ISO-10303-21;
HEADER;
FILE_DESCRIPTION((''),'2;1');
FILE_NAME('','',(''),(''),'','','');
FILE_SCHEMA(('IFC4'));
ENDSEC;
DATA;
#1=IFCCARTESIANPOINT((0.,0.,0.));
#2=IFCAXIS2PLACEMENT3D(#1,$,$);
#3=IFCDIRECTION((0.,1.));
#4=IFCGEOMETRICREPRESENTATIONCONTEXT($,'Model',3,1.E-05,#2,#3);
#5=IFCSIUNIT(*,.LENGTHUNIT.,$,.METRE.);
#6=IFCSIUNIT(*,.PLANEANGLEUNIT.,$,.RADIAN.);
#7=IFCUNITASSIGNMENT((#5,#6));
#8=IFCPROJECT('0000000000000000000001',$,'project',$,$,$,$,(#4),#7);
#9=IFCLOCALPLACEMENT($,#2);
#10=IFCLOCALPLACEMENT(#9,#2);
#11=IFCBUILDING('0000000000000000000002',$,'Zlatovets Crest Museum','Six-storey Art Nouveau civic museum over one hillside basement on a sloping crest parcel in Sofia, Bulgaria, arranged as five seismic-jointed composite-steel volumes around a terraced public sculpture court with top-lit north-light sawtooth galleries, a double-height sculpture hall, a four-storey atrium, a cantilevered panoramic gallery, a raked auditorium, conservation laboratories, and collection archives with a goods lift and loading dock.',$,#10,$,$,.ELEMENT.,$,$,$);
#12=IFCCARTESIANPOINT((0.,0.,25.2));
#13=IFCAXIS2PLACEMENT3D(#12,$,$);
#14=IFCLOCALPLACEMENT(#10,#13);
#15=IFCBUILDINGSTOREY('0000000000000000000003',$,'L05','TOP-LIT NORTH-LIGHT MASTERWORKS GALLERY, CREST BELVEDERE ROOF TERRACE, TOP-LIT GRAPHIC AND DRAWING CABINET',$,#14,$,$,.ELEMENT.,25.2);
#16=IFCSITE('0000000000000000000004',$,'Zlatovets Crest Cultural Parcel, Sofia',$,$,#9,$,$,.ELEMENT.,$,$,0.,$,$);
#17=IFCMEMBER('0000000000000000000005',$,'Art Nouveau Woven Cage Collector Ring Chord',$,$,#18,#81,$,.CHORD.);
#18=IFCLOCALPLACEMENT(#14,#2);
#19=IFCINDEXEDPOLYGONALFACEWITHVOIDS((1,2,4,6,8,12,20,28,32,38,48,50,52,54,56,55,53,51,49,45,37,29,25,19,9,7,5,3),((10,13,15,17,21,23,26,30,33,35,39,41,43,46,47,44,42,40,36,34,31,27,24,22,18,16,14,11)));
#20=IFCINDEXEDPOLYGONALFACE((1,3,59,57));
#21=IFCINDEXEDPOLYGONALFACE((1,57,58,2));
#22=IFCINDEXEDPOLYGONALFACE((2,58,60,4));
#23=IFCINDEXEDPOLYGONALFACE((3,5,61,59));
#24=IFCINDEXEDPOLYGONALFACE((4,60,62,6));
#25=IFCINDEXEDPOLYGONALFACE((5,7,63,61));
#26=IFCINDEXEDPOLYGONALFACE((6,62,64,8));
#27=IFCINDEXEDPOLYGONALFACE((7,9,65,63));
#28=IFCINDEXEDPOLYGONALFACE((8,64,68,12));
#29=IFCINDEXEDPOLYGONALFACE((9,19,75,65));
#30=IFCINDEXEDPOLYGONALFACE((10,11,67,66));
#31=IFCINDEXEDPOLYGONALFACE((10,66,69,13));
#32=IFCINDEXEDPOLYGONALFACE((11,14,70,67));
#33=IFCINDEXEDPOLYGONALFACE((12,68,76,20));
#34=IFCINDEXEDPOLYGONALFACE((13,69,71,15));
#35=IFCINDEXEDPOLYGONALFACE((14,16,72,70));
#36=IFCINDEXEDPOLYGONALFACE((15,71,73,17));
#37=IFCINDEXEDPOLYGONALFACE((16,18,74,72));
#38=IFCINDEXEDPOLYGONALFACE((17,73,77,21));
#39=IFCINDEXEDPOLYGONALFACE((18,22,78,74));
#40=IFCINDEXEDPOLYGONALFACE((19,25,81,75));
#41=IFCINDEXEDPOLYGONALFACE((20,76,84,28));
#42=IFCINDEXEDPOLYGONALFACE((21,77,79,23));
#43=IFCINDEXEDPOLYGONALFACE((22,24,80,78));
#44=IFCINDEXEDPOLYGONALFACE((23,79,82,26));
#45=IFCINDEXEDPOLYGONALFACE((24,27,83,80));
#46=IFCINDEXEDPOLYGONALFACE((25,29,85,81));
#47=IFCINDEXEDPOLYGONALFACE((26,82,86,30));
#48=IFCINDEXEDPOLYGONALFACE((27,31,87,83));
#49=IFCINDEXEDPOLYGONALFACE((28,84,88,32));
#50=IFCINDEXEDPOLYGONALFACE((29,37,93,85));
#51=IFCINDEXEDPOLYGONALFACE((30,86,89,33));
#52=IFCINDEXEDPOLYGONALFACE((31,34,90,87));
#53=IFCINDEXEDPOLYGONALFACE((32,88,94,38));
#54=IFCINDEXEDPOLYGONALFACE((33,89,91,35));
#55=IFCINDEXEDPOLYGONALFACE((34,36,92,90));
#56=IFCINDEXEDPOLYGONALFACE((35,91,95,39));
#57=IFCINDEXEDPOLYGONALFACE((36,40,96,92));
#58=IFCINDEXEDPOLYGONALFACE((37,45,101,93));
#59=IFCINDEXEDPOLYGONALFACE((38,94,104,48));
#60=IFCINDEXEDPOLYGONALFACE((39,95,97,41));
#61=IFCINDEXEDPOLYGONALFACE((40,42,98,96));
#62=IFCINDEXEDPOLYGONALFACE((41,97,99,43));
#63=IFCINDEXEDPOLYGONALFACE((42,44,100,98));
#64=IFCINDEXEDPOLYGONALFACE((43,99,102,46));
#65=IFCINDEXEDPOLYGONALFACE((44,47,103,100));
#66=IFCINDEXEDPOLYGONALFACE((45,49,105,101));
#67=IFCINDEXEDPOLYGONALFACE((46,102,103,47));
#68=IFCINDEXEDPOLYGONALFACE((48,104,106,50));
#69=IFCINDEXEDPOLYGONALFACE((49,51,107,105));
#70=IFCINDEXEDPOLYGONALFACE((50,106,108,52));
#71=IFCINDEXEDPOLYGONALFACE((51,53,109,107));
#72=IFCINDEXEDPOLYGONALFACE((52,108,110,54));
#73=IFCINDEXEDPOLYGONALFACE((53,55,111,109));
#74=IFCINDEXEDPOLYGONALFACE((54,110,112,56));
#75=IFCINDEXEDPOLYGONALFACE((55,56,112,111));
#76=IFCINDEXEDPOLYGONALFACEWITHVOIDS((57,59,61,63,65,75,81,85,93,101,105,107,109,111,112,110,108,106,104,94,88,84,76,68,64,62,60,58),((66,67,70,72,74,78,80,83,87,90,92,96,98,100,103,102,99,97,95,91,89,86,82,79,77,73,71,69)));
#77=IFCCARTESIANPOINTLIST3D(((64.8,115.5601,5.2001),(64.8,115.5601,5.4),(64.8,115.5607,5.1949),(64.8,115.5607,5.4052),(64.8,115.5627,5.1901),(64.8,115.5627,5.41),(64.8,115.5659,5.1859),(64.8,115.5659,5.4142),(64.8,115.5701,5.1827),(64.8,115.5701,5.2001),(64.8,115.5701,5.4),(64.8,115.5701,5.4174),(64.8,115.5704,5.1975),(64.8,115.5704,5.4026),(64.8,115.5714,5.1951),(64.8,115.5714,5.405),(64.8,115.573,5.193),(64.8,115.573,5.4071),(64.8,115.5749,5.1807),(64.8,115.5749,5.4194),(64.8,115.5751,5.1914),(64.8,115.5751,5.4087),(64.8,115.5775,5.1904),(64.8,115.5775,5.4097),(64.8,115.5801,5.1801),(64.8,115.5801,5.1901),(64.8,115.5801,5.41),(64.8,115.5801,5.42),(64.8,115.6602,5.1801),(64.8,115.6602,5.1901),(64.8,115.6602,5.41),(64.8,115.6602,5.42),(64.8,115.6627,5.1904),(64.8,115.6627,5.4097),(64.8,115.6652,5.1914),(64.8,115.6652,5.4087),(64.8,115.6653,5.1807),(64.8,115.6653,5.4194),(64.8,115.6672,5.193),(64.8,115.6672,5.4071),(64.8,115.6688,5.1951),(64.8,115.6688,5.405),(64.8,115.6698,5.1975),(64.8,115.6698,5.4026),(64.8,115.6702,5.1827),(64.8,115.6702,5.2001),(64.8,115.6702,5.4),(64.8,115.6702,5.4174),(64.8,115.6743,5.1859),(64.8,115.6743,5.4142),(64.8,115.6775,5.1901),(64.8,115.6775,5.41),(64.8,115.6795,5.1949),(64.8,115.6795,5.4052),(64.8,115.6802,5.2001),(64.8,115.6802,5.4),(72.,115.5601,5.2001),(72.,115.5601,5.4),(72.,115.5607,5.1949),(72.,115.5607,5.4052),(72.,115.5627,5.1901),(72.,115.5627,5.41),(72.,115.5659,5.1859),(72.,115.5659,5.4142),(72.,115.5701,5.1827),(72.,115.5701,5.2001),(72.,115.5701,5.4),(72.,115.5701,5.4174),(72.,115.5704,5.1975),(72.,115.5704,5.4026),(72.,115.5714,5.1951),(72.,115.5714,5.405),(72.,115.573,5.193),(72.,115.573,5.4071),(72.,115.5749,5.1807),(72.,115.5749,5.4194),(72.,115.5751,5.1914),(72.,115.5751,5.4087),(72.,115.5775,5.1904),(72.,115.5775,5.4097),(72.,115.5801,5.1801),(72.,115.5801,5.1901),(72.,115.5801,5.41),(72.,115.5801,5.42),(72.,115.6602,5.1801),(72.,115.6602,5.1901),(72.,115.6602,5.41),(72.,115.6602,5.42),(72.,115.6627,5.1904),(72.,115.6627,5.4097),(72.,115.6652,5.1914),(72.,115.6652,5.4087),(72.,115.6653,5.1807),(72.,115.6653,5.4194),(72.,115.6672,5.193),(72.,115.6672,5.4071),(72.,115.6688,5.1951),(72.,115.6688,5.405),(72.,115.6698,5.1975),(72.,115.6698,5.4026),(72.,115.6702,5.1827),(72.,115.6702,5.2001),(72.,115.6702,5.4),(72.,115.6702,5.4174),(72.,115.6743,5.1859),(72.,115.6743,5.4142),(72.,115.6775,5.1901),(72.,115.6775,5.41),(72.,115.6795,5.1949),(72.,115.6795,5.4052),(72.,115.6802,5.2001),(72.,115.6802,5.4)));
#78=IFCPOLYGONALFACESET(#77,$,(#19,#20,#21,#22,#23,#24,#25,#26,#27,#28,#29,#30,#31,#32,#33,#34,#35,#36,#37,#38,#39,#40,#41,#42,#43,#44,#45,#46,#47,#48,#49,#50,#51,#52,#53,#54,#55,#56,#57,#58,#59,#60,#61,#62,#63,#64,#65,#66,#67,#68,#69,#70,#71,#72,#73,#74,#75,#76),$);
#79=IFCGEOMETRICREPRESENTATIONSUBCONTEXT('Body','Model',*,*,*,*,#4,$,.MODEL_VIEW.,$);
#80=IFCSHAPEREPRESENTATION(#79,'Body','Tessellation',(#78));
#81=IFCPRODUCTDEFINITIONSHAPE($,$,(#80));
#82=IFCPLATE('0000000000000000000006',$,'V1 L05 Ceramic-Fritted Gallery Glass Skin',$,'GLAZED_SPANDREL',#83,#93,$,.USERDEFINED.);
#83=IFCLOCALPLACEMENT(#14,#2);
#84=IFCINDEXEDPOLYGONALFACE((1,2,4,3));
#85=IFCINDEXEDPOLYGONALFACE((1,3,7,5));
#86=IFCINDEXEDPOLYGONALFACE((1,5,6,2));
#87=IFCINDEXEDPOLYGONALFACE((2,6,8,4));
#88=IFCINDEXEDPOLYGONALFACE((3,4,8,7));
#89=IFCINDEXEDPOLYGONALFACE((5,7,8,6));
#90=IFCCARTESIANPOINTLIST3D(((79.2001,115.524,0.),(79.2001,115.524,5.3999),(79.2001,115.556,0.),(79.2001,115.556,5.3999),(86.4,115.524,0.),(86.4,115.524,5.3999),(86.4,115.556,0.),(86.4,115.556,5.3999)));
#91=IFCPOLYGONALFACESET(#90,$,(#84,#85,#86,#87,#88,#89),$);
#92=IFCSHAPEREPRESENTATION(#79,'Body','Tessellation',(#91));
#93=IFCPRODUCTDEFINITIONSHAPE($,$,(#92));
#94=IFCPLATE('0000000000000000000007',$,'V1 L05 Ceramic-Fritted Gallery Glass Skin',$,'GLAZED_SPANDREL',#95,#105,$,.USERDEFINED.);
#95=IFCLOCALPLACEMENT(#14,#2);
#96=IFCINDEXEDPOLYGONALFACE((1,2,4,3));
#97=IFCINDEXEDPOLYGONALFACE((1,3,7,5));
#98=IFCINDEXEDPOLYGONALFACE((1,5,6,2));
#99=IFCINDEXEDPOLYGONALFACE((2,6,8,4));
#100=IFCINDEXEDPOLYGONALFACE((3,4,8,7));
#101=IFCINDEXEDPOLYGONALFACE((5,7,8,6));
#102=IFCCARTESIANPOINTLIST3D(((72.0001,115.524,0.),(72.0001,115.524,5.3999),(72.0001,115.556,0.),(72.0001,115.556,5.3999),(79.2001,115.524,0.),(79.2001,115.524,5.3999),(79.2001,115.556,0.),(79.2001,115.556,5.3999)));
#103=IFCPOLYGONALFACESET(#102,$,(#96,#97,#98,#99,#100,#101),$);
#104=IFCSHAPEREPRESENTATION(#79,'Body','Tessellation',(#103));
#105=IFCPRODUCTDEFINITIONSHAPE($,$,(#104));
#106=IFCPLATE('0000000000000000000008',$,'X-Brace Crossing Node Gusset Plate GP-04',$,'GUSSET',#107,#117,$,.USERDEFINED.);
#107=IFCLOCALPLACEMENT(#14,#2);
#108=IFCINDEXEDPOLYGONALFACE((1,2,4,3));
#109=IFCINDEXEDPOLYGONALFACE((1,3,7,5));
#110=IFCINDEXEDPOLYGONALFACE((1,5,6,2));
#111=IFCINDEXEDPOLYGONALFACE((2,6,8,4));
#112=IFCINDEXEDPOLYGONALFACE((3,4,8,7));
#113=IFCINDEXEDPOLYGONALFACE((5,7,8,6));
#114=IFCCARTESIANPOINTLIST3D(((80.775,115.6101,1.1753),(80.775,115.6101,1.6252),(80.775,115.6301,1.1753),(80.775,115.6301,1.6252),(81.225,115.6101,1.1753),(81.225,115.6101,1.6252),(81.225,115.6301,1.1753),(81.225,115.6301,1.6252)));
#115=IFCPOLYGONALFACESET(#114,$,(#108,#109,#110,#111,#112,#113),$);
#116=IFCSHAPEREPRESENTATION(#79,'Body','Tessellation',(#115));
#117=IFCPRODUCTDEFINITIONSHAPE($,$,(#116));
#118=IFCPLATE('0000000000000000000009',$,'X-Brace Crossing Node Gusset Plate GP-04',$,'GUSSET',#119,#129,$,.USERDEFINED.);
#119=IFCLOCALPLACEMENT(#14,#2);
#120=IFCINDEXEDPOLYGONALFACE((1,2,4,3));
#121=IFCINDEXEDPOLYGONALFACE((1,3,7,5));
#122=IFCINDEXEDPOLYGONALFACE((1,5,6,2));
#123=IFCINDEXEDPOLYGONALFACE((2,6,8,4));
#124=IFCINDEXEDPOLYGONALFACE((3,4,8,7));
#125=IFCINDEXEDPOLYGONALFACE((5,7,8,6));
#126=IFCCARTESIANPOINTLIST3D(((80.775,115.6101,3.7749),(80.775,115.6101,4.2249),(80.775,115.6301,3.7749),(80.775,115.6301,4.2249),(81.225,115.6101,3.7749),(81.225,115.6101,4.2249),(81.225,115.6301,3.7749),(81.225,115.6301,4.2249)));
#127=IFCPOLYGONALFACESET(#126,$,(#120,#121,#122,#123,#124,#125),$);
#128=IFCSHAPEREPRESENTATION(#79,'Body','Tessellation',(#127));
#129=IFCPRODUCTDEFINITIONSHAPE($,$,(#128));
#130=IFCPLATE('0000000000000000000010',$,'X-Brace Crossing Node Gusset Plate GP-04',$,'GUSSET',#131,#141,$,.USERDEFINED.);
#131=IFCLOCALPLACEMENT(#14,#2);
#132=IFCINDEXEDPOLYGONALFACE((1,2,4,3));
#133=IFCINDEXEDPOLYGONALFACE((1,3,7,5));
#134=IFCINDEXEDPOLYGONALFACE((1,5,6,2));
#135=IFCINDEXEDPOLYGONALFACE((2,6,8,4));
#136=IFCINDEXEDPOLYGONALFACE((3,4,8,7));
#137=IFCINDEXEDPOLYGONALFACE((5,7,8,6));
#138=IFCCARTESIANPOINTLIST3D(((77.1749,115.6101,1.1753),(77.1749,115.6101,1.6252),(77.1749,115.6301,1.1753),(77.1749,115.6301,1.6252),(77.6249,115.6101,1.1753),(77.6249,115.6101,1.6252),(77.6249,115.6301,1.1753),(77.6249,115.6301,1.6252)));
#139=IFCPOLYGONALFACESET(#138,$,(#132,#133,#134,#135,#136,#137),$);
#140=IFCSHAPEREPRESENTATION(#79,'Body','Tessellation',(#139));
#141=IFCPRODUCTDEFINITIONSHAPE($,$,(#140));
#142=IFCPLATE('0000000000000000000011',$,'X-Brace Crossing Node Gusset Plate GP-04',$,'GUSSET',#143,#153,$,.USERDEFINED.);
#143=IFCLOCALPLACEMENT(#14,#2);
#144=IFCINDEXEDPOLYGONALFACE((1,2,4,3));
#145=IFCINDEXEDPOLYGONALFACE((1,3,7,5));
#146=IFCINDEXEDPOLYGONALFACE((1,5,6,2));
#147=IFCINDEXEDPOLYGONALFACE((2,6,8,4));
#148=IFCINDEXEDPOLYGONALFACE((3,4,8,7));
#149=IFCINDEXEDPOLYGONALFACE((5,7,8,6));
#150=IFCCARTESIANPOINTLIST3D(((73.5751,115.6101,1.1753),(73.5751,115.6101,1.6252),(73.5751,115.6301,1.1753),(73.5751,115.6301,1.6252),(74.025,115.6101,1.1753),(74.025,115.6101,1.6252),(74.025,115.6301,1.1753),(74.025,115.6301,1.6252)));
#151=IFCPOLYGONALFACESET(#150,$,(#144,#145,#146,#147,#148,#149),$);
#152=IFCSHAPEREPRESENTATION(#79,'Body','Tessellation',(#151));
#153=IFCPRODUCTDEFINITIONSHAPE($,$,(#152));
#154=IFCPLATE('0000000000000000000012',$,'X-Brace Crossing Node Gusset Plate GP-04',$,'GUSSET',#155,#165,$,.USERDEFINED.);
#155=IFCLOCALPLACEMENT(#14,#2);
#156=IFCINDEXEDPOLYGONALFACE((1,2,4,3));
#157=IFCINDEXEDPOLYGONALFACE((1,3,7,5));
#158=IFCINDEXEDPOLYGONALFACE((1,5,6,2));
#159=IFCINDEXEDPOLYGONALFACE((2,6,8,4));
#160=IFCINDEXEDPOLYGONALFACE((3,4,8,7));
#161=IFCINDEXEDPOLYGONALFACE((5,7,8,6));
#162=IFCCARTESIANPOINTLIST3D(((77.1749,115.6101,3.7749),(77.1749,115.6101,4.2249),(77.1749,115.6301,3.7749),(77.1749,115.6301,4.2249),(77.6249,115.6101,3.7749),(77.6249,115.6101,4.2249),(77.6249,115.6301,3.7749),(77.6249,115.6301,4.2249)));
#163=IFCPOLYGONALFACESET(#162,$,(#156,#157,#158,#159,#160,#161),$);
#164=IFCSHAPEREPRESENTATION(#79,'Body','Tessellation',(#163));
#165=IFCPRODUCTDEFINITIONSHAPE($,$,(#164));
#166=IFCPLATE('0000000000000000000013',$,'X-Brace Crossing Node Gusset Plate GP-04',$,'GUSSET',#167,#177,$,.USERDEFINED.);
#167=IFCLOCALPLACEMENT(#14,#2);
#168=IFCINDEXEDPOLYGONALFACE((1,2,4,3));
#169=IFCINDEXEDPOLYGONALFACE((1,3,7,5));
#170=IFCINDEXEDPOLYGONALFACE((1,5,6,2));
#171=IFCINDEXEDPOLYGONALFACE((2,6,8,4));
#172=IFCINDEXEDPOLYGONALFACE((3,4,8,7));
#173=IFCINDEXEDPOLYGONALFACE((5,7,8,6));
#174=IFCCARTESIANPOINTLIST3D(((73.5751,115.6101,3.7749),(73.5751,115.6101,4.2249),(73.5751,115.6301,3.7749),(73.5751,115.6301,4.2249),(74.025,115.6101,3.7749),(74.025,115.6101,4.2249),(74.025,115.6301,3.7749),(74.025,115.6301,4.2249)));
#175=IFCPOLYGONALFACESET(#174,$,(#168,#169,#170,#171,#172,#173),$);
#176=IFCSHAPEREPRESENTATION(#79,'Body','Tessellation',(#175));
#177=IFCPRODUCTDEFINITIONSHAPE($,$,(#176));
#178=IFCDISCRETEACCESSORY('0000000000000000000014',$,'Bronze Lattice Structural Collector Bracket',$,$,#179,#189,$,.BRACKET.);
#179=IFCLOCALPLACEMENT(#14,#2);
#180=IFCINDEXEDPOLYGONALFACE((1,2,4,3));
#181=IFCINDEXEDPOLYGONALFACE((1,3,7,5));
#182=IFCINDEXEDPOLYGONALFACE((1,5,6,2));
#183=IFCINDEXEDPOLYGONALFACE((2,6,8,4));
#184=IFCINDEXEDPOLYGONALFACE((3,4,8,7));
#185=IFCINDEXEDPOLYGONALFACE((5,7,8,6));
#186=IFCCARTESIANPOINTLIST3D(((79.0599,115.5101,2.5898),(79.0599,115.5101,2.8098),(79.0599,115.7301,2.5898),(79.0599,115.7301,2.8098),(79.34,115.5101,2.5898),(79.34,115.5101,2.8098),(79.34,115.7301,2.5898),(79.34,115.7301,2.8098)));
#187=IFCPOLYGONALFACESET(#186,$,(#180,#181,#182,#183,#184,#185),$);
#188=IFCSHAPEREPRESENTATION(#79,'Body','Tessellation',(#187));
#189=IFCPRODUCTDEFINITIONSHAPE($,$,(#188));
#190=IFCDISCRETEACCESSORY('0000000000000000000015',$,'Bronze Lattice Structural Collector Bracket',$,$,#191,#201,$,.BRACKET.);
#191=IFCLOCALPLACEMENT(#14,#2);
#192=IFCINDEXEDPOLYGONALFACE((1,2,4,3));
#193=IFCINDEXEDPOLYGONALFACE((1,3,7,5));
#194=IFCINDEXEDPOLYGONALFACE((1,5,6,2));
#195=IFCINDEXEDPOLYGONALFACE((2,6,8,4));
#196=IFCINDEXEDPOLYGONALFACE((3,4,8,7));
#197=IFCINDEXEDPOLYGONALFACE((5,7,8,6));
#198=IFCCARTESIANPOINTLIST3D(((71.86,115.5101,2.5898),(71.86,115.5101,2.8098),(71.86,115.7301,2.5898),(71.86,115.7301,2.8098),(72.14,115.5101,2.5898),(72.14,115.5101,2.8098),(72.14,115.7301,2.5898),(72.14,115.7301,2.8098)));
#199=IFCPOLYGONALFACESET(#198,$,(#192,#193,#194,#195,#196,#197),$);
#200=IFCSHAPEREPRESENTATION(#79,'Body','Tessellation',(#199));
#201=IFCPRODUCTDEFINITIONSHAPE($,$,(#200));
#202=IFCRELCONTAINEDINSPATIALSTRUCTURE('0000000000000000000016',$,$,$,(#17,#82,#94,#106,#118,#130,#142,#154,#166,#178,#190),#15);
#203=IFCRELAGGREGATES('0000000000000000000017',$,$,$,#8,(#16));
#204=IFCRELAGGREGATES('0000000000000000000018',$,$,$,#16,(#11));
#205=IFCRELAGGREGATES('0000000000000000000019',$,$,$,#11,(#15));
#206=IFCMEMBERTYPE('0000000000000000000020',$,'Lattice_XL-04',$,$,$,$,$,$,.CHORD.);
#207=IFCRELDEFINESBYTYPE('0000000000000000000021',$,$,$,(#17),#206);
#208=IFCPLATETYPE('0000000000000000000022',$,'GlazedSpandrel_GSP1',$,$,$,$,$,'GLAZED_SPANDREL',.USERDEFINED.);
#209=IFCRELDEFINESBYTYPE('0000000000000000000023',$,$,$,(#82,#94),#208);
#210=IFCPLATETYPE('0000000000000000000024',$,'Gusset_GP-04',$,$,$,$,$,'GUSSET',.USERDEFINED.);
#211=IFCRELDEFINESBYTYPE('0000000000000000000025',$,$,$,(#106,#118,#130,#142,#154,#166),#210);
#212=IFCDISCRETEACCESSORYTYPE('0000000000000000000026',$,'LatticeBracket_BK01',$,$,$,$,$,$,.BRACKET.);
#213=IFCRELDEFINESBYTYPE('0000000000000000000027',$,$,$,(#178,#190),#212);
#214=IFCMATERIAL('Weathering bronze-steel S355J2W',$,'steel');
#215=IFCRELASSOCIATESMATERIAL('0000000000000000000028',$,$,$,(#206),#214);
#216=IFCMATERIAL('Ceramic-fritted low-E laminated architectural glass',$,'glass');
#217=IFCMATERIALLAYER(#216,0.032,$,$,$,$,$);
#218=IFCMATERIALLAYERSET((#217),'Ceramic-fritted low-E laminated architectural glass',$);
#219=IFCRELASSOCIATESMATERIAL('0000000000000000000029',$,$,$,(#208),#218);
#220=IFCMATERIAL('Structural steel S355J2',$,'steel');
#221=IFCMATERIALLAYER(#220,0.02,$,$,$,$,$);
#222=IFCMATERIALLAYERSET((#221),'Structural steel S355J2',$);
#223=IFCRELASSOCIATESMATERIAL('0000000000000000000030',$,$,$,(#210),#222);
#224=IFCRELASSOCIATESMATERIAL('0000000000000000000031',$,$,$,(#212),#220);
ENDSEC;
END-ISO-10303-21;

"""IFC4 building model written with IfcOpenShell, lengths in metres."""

from ifc_helpers import new_model, si_unit, direction, frame, origin, origin_2d, place, context, subcontext, project, spatial, rectangle, hollow_rectangle, extrude, material, layer, layer_set, material_profile, profile_set, type_object, element, save


model = new_model("IFC4")

# Units and contexts
model_context = context("Model", 3, precision=1e-05, world=origin(), true_north=direction((0.0, 1.0)))
body_context = subcontext(model_context, "Body", "Model", "MODEL_VIEW")
ifc_project = project(units=[si_unit("LENGTHUNIT", "METRE"), si_unit("PLANEANGLEUNIT", "RADIAN")], contexts=[model_context])

# Site, building, storey
site_placement = place(None, origin())
site = spatial("IfcSite", under=ifc_project, at=site_placement, Name="Zlatovets Crest Cultural Parcel, Sofia", CompositionType="ELEMENT", RefElevation=0.0)
building_placement = place(site_placement, origin())
building = spatial("IfcBuilding", under=site, at=building_placement, Name="Zlatovets Crest Museum", Description="Six-storey Art Nouveau civic museum over one hillside basement on a sloping crest parcel in Sofia, Bulgaria, arranged as five seismic-jointed composite-steel volumes around a terraced public sculpture court with top-lit north-light sawtooth galleries, a double-height sculpture hall, a four-storey atrium, a cantilevered panoramic gallery, a raked auditorium, conservation laboratories, and collection archives with a goods lift and loading dock.", CompositionType="ELEMENT")
storey_placement = place(building_placement, frame((0.0, 0.0, 25.2)))
storey = spatial("IfcBuildingStorey", under=building, at=storey_placement, Name="L05", Description="TOP-LIT NORTH-LIGHT MASTERWORKS GALLERY, CREST BELVEDERE ROOF TERRACE, TOP-LIT GRAPHIC AND DRAWING CABINET", CompositionType="ELEMENT", Elevation=25.2)

# Member
ifc_material_1 = material(Name="Weathering bronze-steel S355J2W", Category="steel")
ifc_material_profile_1 = material_profile(ifc_material_1, hollow_rectangle(XDim=0.1201, YDim=0.24, WallThickness=0.01, InnerFilletRadius=0.01, OuterFilletRadius=0.02, at=origin_2d()), Name="RHS 120x240x10.0")
ifc_profile_set_1 = profile_set([ifc_material_profile_1], Name="Weathering bronze-steel S355J2W")
member_type_1 = type_object("IfcMemberType", Name="Lattice_XL-04", PredefinedType="CHORD", material=ifc_profile_set_1)
for number, where, z_axis, x_axis, name in (
    (1, (72.0, 115.6201, 5.3), (-1.0, 0.0, 0.0), (0.0, -1.0, 0.0), "Art Nouveau Woven Cage Collector Ring Chord"),
):
    element("IfcMember", number, at=place(storey_placement, frame(where, z_axis=z_axis, x_axis=x_axis)), inside=storey, type_object=member_type_1, Name=name, PredefinedType="CHORD", context=body_context, shape_type="SweptSolid", body=[
        extrude(hollow_rectangle(XDim=0.1201, YDim=0.24, WallThickness=0.01, InnerFilletRadius=0.01, OuterFilletRadius=0.02, at=origin_2d()), origin(), (0.0, 0.0, 1.0), 7.2),
    ])

# Plates
ifc_material_2 = material(Name="Ceramic-fritted low-E laminated architectural glass", Category="glass")
ifc_layer_1 = layer(ifc_material_2, 0.032)
ifc_layer_set_1 = layer_set([ifc_layer_1], Name="Ceramic-fritted low-E laminated architectural glass")
plate_type_1 = type_object("IfcPlateType", Name="GlazedSpandrel_GSP1", ElementType="GLAZED_SPANDREL", PredefinedType="USERDEFINED", material=ifc_layer_set_1)
for number, where, z_axis, x_axis, name in (
    (2, (82.8, 115.54, 0.0), (0.0, 0.0, 1.0), (1.0, 0.0, 0.0), "V1 L05 Ceramic-Fritted Gallery Glass Skin"),
    (3, (75.6001, 115.54, 0.0), (0.0, 0.0, 1.0), (1.0, 0.0, 0.0), "V1 L05 Ceramic-Fritted Gallery Glass Skin"),
):
    element("IfcPlate", number, at=place(storey_placement, frame(where, z_axis=z_axis, x_axis=x_axis)), inside=storey, type_object=plate_type_1, Name=name, ObjectType="GLAZED_SPANDREL", PredefinedType="USERDEFINED", context=body_context, shape_type="SweptSolid", body=[
        extrude(rectangle(XDim=7.2, YDim=0.032, at=origin_2d()), origin(), (0.0, 0.0, 1.0), 5.3999),
    ])
ifc_material_3 = material(Name="Structural steel S355J2", Category="steel")
ifc_layer_2 = layer(ifc_material_3, 0.02)
ifc_layer_set_2 = layer_set([ifc_layer_2], Name="Structural steel S355J2")
plate_type_2 = type_object("IfcPlateType", Name="Gusset_GP-04", ElementType="GUSSET", PredefinedType="USERDEFINED", material=ifc_layer_set_2)
for number, where, z_axis, x_axis, name in (
    (4, (81.0, 115.6201, 1.1753), (0.0, 0.0, 1.0), (1.0, 0.0, 0.0), "X-Brace Crossing Node Gusset Plate GP-04"),
    (5, (81.0, 115.6201, 3.7749), (0.0, 0.0, 1.0), (1.0, 0.0, 0.0), "X-Brace Crossing Node Gusset Plate GP-04"),
    (6, (77.3999, 115.6201, 1.1753), (0.0, 0.0, 1.0), (1.0, 0.0, 0.0), "X-Brace Crossing Node Gusset Plate GP-04"),
    (7, (73.8, 115.6201, 1.1753), (0.0, 0.0, 1.0), (1.0, 0.0, 0.0), "X-Brace Crossing Node Gusset Plate GP-04"),
    (8, (77.3999, 115.6201, 3.7749), (0.0, 0.0, 1.0), (1.0, 0.0, 0.0), "X-Brace Crossing Node Gusset Plate GP-04"),
    (9, (73.8, 115.6201, 3.7749), (0.0, 0.0, 1.0), (1.0, 0.0, 0.0), "X-Brace Crossing Node Gusset Plate GP-04"),
):
    element("IfcPlate", number, at=place(storey_placement, frame(where, z_axis=z_axis, x_axis=x_axis)), inside=storey, type_object=plate_type_2, Name=name, ObjectType="GUSSET", PredefinedType="USERDEFINED", context=body_context, shape_type="SweptSolid", body=[
        extrude(rectangle(XDim=0.45, YDim=0.02, at=origin_2d()), origin(), (0.0, 0.0, 1.0), 0.45),
    ])

# Discrete accessories
discrete_accessory_type = type_object("IfcDiscreteAccessoryType", Name="LatticeBracket_BK01", PredefinedType="BRACKET", material=ifc_material_3)
for number, where, z_axis, x_axis, name in (
    (10, (79.2, 115.6201, 2.5898), (0.0, 0.0, 1.0), (1.0, 0.0, 0.0), "Bronze Lattice Structural Collector Bracket"),
    (11, (72.0, 115.6201, 2.5898), (0.0, 0.0, 1.0), (1.0, 0.0, 0.0), "Bronze Lattice Structural Collector Bracket"),
):
    element("IfcDiscreteAccessory", number, at=place(storey_placement, frame(where, z_axis=z_axis, x_axis=x_axis)), inside=storey, type_object=discrete_accessory_type, Name=name, PredefinedType="BRACKET", context=body_context, shape_type="SweptSolid", body=[
        extrude(rectangle(XDim=0.28, YDim=0.22, at=origin_2d()), origin(), (0.0, 0.0, 1.0), 0.22),
    ])

save(model, "model.ifc")
